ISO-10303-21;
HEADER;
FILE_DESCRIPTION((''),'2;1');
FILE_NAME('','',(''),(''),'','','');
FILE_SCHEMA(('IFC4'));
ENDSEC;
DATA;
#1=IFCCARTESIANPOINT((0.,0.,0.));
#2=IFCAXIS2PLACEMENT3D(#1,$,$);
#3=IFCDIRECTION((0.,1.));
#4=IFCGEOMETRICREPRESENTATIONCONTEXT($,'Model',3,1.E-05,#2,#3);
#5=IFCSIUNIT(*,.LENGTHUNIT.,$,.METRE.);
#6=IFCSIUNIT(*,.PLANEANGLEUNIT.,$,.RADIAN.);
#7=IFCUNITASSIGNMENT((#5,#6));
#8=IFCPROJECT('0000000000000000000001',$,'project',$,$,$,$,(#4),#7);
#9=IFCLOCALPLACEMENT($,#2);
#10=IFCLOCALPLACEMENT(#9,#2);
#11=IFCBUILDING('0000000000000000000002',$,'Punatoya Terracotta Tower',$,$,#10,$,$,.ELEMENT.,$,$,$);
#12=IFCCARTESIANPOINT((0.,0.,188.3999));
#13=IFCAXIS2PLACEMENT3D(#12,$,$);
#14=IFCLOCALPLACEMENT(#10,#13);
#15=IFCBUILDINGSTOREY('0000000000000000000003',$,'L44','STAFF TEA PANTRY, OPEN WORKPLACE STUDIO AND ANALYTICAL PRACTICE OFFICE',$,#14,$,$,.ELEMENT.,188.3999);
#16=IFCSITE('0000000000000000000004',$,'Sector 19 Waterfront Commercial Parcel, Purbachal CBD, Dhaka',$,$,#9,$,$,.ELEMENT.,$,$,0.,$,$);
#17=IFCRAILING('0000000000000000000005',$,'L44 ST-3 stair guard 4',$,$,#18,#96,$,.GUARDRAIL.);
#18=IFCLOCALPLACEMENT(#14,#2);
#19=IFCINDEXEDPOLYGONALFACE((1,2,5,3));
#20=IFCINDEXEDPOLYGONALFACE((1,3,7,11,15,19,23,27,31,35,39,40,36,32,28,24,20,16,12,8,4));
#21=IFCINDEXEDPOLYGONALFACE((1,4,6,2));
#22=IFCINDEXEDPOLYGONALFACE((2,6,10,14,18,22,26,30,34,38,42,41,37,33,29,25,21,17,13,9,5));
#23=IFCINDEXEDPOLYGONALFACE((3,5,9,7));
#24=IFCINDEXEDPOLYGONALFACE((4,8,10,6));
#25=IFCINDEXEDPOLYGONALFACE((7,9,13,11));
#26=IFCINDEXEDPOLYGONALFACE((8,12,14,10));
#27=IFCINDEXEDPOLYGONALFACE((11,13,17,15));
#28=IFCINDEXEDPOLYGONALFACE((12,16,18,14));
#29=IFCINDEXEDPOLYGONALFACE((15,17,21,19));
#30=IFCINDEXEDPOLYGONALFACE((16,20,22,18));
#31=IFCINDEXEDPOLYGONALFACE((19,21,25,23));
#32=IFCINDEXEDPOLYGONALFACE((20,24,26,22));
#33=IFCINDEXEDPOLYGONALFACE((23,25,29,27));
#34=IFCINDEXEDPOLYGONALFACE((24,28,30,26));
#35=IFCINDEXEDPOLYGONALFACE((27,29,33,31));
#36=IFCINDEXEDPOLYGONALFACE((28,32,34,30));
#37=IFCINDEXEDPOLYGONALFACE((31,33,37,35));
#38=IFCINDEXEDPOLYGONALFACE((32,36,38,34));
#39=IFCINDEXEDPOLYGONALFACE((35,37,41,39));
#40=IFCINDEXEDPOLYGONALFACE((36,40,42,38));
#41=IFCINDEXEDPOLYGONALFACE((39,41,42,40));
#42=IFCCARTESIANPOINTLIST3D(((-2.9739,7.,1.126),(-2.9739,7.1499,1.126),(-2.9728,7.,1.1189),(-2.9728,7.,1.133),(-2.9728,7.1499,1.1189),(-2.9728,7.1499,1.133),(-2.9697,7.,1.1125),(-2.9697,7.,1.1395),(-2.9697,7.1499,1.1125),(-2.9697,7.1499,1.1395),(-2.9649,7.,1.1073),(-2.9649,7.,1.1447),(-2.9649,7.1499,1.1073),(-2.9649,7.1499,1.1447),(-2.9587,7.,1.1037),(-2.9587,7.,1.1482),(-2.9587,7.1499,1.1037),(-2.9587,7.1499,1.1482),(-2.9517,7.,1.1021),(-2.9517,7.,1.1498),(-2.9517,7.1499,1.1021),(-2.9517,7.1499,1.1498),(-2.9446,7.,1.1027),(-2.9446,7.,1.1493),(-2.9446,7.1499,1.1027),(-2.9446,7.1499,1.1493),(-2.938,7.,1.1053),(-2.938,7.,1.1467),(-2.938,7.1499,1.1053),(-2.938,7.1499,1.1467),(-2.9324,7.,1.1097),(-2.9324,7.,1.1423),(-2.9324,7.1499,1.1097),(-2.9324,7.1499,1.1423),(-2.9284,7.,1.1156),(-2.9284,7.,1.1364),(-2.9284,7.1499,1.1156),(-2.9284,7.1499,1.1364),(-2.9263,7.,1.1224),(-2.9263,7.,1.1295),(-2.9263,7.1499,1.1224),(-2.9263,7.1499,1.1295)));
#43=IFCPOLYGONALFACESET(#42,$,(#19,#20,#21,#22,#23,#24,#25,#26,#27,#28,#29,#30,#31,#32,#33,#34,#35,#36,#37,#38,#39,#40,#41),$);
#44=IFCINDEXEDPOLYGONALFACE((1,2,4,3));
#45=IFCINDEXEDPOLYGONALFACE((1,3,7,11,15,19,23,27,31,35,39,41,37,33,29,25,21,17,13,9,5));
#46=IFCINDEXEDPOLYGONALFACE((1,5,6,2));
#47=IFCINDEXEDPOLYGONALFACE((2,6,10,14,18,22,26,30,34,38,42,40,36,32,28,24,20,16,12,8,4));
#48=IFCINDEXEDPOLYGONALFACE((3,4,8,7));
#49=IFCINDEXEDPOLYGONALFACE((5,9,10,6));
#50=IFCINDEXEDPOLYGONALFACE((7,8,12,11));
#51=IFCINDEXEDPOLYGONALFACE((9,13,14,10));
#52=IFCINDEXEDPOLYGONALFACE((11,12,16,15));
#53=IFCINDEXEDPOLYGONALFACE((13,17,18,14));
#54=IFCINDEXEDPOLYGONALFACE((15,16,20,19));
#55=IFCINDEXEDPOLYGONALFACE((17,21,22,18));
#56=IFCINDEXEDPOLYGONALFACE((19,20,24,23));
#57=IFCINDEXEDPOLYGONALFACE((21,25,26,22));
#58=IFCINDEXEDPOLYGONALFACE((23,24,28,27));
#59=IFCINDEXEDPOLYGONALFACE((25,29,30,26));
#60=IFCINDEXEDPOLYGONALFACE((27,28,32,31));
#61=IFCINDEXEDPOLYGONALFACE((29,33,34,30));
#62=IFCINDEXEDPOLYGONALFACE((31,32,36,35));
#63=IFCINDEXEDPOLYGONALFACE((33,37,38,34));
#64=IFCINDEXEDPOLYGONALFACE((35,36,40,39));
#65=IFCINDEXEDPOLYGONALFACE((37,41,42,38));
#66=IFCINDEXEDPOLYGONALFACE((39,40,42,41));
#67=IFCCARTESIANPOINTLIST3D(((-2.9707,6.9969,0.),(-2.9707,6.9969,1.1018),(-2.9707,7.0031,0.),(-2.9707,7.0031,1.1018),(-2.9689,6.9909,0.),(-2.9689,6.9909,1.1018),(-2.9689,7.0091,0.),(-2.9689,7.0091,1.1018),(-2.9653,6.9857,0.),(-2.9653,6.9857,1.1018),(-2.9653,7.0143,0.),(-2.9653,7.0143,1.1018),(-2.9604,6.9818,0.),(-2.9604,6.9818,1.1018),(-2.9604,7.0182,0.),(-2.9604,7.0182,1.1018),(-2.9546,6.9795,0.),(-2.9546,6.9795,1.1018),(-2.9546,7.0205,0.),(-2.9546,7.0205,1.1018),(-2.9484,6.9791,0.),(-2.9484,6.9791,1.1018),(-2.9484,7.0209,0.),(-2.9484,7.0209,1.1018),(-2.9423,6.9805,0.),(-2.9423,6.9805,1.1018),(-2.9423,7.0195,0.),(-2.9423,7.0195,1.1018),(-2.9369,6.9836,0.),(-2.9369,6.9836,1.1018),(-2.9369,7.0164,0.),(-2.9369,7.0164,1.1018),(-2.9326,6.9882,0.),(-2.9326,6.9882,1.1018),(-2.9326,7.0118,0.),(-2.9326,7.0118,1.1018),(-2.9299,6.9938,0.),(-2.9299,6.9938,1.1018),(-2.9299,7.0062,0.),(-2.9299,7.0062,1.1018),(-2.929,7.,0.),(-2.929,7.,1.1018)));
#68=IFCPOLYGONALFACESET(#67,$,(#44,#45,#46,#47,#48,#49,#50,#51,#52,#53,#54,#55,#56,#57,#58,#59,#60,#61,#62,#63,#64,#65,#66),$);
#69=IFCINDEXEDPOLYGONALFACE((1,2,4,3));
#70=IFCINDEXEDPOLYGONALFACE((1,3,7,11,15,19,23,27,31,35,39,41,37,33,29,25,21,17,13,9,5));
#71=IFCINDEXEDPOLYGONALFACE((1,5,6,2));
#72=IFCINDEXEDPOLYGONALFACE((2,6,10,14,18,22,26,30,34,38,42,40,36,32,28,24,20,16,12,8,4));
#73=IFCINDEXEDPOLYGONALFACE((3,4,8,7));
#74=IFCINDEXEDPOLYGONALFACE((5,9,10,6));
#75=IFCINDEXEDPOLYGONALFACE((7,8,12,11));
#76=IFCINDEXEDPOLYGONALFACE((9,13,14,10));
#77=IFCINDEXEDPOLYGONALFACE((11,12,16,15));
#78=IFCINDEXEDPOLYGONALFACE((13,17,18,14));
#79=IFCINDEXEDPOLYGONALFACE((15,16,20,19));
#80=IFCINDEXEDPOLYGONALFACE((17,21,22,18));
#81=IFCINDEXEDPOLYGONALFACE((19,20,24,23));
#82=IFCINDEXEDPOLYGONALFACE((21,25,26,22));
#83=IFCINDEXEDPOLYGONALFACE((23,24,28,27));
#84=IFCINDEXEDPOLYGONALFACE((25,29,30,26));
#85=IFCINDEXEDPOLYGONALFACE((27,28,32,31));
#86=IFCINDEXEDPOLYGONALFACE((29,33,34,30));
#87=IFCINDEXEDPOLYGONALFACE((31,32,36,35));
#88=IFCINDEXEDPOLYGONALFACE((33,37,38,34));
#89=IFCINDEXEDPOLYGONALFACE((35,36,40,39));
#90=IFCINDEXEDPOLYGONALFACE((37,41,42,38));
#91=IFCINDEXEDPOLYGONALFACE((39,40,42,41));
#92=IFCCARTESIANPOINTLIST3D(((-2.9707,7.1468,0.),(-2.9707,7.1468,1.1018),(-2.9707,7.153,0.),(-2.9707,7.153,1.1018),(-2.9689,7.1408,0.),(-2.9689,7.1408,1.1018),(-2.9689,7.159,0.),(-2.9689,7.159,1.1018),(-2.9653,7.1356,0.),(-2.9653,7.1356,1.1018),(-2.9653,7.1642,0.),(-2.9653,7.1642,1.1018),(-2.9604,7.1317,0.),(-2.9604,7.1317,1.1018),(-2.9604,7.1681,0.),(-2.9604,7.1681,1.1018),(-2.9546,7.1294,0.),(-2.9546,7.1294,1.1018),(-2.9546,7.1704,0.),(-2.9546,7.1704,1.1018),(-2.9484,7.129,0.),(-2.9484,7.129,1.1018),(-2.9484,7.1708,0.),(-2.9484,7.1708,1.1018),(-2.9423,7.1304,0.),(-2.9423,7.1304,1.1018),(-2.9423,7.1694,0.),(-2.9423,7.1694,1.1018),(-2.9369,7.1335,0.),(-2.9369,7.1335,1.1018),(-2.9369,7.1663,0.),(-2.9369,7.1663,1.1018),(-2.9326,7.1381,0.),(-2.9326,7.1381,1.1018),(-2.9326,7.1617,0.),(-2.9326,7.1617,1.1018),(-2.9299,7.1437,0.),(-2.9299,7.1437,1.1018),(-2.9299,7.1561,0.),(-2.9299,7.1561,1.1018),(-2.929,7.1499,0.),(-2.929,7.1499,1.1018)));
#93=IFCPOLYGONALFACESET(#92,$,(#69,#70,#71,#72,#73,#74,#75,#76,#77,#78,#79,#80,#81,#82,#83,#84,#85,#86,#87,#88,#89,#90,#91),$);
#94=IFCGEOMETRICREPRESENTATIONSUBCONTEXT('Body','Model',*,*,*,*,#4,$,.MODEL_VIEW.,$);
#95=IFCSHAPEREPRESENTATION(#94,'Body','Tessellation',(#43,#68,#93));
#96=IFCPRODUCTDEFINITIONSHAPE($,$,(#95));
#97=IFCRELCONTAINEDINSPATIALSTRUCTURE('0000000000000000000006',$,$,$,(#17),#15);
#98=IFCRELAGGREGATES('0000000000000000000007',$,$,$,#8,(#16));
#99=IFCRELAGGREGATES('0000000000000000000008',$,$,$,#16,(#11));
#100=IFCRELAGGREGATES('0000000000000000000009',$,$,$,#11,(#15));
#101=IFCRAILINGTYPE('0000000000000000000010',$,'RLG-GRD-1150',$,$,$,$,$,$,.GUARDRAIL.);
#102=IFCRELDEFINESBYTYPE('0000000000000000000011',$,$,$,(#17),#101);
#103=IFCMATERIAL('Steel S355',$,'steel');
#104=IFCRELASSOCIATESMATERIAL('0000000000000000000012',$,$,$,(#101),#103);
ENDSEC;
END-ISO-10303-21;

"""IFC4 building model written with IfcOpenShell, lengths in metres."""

from ifc_helpers import new_model, si_unit, direction, frame, origin, origin_2d, place, context, subcontext, project, spatial, circle, extrude, material, type_object, element, save


model = new_model("IFC4")

# Units and contexts
model_context = context("Model", 3, precision=1e-05, world=origin(), true_north=direction((0.0, 1.0)))
body_context = subcontext(model_context, "Body", "Model", "MODEL_VIEW")
ifc_project = project(units=[si_unit("LENGTHUNIT", "METRE"), si_unit("PLANEANGLEUNIT", "RADIAN")], contexts=[model_context])

# Site, building, storey
site_placement = place(None, origin())
site = spatial("IfcSite", under=ifc_project, at=site_placement, Name="Sector 19 Waterfront Commercial Parcel, Purbachal CBD, Dhaka", CompositionType="ELEMENT", RefElevation=0.0)
building_placement = place(site_placement, origin())
building = spatial("IfcBuilding", under=site, at=building_placement, Name="Punatoya Terracotta Tower", CompositionType="ELEMENT")
storey_placement = place(building_placement, frame((0.0, 0.0, 188.3999)))
storey = spatial("IfcBuildingStorey", under=building, at=storey_placement, Name="L44", Description="STAFF TEA PANTRY, OPEN WORKPLACE STUDIO AND ANALYTICAL PRACTICE OFFICE", CompositionType="ELEMENT", Elevation=188.3999)

# Shared definitions
ifc_material_1 = material(Name="Steel S355", Category="steel")

# Railing
railing_type_1 = type_object("IfcRailingType", Name="RLG-GRD-1150", PredefinedType="GUARDRAIL", material=ifc_material_1)
railing_1_placement = place(storey_placement, frame((-2.95, 7.0, 0.0)))
element("IfcRailing", 1, at=railing_1_placement, inside=storey, type_object=railing_type_1, Name="L44 ST-3 stair guard 4", PredefinedType="GUARDRAIL", context=body_context, shape_type="SweptSolid", body=[
    extrude(circle(Radius=0.0239, at=origin_2d()), frame((0.0, 0.0, 1.126), z_axis=(0.0, 1.0, 0.0), x_axis=(-1.0, 0.0, 0.0)), (0.0, 0.0, 1.0), 0.1499),
    extrude(circle(Radius=0.021, at=origin_2d()), origin(), (0.0, 0.0, 1.0), 1.1018),
    extrude(circle(Radius=0.021, at=origin_2d()), frame((0.0, 0.1499, 0.0)), (0.0, 0.0, 1.0), 1.1018),
])

save(model, "model.ifc")
